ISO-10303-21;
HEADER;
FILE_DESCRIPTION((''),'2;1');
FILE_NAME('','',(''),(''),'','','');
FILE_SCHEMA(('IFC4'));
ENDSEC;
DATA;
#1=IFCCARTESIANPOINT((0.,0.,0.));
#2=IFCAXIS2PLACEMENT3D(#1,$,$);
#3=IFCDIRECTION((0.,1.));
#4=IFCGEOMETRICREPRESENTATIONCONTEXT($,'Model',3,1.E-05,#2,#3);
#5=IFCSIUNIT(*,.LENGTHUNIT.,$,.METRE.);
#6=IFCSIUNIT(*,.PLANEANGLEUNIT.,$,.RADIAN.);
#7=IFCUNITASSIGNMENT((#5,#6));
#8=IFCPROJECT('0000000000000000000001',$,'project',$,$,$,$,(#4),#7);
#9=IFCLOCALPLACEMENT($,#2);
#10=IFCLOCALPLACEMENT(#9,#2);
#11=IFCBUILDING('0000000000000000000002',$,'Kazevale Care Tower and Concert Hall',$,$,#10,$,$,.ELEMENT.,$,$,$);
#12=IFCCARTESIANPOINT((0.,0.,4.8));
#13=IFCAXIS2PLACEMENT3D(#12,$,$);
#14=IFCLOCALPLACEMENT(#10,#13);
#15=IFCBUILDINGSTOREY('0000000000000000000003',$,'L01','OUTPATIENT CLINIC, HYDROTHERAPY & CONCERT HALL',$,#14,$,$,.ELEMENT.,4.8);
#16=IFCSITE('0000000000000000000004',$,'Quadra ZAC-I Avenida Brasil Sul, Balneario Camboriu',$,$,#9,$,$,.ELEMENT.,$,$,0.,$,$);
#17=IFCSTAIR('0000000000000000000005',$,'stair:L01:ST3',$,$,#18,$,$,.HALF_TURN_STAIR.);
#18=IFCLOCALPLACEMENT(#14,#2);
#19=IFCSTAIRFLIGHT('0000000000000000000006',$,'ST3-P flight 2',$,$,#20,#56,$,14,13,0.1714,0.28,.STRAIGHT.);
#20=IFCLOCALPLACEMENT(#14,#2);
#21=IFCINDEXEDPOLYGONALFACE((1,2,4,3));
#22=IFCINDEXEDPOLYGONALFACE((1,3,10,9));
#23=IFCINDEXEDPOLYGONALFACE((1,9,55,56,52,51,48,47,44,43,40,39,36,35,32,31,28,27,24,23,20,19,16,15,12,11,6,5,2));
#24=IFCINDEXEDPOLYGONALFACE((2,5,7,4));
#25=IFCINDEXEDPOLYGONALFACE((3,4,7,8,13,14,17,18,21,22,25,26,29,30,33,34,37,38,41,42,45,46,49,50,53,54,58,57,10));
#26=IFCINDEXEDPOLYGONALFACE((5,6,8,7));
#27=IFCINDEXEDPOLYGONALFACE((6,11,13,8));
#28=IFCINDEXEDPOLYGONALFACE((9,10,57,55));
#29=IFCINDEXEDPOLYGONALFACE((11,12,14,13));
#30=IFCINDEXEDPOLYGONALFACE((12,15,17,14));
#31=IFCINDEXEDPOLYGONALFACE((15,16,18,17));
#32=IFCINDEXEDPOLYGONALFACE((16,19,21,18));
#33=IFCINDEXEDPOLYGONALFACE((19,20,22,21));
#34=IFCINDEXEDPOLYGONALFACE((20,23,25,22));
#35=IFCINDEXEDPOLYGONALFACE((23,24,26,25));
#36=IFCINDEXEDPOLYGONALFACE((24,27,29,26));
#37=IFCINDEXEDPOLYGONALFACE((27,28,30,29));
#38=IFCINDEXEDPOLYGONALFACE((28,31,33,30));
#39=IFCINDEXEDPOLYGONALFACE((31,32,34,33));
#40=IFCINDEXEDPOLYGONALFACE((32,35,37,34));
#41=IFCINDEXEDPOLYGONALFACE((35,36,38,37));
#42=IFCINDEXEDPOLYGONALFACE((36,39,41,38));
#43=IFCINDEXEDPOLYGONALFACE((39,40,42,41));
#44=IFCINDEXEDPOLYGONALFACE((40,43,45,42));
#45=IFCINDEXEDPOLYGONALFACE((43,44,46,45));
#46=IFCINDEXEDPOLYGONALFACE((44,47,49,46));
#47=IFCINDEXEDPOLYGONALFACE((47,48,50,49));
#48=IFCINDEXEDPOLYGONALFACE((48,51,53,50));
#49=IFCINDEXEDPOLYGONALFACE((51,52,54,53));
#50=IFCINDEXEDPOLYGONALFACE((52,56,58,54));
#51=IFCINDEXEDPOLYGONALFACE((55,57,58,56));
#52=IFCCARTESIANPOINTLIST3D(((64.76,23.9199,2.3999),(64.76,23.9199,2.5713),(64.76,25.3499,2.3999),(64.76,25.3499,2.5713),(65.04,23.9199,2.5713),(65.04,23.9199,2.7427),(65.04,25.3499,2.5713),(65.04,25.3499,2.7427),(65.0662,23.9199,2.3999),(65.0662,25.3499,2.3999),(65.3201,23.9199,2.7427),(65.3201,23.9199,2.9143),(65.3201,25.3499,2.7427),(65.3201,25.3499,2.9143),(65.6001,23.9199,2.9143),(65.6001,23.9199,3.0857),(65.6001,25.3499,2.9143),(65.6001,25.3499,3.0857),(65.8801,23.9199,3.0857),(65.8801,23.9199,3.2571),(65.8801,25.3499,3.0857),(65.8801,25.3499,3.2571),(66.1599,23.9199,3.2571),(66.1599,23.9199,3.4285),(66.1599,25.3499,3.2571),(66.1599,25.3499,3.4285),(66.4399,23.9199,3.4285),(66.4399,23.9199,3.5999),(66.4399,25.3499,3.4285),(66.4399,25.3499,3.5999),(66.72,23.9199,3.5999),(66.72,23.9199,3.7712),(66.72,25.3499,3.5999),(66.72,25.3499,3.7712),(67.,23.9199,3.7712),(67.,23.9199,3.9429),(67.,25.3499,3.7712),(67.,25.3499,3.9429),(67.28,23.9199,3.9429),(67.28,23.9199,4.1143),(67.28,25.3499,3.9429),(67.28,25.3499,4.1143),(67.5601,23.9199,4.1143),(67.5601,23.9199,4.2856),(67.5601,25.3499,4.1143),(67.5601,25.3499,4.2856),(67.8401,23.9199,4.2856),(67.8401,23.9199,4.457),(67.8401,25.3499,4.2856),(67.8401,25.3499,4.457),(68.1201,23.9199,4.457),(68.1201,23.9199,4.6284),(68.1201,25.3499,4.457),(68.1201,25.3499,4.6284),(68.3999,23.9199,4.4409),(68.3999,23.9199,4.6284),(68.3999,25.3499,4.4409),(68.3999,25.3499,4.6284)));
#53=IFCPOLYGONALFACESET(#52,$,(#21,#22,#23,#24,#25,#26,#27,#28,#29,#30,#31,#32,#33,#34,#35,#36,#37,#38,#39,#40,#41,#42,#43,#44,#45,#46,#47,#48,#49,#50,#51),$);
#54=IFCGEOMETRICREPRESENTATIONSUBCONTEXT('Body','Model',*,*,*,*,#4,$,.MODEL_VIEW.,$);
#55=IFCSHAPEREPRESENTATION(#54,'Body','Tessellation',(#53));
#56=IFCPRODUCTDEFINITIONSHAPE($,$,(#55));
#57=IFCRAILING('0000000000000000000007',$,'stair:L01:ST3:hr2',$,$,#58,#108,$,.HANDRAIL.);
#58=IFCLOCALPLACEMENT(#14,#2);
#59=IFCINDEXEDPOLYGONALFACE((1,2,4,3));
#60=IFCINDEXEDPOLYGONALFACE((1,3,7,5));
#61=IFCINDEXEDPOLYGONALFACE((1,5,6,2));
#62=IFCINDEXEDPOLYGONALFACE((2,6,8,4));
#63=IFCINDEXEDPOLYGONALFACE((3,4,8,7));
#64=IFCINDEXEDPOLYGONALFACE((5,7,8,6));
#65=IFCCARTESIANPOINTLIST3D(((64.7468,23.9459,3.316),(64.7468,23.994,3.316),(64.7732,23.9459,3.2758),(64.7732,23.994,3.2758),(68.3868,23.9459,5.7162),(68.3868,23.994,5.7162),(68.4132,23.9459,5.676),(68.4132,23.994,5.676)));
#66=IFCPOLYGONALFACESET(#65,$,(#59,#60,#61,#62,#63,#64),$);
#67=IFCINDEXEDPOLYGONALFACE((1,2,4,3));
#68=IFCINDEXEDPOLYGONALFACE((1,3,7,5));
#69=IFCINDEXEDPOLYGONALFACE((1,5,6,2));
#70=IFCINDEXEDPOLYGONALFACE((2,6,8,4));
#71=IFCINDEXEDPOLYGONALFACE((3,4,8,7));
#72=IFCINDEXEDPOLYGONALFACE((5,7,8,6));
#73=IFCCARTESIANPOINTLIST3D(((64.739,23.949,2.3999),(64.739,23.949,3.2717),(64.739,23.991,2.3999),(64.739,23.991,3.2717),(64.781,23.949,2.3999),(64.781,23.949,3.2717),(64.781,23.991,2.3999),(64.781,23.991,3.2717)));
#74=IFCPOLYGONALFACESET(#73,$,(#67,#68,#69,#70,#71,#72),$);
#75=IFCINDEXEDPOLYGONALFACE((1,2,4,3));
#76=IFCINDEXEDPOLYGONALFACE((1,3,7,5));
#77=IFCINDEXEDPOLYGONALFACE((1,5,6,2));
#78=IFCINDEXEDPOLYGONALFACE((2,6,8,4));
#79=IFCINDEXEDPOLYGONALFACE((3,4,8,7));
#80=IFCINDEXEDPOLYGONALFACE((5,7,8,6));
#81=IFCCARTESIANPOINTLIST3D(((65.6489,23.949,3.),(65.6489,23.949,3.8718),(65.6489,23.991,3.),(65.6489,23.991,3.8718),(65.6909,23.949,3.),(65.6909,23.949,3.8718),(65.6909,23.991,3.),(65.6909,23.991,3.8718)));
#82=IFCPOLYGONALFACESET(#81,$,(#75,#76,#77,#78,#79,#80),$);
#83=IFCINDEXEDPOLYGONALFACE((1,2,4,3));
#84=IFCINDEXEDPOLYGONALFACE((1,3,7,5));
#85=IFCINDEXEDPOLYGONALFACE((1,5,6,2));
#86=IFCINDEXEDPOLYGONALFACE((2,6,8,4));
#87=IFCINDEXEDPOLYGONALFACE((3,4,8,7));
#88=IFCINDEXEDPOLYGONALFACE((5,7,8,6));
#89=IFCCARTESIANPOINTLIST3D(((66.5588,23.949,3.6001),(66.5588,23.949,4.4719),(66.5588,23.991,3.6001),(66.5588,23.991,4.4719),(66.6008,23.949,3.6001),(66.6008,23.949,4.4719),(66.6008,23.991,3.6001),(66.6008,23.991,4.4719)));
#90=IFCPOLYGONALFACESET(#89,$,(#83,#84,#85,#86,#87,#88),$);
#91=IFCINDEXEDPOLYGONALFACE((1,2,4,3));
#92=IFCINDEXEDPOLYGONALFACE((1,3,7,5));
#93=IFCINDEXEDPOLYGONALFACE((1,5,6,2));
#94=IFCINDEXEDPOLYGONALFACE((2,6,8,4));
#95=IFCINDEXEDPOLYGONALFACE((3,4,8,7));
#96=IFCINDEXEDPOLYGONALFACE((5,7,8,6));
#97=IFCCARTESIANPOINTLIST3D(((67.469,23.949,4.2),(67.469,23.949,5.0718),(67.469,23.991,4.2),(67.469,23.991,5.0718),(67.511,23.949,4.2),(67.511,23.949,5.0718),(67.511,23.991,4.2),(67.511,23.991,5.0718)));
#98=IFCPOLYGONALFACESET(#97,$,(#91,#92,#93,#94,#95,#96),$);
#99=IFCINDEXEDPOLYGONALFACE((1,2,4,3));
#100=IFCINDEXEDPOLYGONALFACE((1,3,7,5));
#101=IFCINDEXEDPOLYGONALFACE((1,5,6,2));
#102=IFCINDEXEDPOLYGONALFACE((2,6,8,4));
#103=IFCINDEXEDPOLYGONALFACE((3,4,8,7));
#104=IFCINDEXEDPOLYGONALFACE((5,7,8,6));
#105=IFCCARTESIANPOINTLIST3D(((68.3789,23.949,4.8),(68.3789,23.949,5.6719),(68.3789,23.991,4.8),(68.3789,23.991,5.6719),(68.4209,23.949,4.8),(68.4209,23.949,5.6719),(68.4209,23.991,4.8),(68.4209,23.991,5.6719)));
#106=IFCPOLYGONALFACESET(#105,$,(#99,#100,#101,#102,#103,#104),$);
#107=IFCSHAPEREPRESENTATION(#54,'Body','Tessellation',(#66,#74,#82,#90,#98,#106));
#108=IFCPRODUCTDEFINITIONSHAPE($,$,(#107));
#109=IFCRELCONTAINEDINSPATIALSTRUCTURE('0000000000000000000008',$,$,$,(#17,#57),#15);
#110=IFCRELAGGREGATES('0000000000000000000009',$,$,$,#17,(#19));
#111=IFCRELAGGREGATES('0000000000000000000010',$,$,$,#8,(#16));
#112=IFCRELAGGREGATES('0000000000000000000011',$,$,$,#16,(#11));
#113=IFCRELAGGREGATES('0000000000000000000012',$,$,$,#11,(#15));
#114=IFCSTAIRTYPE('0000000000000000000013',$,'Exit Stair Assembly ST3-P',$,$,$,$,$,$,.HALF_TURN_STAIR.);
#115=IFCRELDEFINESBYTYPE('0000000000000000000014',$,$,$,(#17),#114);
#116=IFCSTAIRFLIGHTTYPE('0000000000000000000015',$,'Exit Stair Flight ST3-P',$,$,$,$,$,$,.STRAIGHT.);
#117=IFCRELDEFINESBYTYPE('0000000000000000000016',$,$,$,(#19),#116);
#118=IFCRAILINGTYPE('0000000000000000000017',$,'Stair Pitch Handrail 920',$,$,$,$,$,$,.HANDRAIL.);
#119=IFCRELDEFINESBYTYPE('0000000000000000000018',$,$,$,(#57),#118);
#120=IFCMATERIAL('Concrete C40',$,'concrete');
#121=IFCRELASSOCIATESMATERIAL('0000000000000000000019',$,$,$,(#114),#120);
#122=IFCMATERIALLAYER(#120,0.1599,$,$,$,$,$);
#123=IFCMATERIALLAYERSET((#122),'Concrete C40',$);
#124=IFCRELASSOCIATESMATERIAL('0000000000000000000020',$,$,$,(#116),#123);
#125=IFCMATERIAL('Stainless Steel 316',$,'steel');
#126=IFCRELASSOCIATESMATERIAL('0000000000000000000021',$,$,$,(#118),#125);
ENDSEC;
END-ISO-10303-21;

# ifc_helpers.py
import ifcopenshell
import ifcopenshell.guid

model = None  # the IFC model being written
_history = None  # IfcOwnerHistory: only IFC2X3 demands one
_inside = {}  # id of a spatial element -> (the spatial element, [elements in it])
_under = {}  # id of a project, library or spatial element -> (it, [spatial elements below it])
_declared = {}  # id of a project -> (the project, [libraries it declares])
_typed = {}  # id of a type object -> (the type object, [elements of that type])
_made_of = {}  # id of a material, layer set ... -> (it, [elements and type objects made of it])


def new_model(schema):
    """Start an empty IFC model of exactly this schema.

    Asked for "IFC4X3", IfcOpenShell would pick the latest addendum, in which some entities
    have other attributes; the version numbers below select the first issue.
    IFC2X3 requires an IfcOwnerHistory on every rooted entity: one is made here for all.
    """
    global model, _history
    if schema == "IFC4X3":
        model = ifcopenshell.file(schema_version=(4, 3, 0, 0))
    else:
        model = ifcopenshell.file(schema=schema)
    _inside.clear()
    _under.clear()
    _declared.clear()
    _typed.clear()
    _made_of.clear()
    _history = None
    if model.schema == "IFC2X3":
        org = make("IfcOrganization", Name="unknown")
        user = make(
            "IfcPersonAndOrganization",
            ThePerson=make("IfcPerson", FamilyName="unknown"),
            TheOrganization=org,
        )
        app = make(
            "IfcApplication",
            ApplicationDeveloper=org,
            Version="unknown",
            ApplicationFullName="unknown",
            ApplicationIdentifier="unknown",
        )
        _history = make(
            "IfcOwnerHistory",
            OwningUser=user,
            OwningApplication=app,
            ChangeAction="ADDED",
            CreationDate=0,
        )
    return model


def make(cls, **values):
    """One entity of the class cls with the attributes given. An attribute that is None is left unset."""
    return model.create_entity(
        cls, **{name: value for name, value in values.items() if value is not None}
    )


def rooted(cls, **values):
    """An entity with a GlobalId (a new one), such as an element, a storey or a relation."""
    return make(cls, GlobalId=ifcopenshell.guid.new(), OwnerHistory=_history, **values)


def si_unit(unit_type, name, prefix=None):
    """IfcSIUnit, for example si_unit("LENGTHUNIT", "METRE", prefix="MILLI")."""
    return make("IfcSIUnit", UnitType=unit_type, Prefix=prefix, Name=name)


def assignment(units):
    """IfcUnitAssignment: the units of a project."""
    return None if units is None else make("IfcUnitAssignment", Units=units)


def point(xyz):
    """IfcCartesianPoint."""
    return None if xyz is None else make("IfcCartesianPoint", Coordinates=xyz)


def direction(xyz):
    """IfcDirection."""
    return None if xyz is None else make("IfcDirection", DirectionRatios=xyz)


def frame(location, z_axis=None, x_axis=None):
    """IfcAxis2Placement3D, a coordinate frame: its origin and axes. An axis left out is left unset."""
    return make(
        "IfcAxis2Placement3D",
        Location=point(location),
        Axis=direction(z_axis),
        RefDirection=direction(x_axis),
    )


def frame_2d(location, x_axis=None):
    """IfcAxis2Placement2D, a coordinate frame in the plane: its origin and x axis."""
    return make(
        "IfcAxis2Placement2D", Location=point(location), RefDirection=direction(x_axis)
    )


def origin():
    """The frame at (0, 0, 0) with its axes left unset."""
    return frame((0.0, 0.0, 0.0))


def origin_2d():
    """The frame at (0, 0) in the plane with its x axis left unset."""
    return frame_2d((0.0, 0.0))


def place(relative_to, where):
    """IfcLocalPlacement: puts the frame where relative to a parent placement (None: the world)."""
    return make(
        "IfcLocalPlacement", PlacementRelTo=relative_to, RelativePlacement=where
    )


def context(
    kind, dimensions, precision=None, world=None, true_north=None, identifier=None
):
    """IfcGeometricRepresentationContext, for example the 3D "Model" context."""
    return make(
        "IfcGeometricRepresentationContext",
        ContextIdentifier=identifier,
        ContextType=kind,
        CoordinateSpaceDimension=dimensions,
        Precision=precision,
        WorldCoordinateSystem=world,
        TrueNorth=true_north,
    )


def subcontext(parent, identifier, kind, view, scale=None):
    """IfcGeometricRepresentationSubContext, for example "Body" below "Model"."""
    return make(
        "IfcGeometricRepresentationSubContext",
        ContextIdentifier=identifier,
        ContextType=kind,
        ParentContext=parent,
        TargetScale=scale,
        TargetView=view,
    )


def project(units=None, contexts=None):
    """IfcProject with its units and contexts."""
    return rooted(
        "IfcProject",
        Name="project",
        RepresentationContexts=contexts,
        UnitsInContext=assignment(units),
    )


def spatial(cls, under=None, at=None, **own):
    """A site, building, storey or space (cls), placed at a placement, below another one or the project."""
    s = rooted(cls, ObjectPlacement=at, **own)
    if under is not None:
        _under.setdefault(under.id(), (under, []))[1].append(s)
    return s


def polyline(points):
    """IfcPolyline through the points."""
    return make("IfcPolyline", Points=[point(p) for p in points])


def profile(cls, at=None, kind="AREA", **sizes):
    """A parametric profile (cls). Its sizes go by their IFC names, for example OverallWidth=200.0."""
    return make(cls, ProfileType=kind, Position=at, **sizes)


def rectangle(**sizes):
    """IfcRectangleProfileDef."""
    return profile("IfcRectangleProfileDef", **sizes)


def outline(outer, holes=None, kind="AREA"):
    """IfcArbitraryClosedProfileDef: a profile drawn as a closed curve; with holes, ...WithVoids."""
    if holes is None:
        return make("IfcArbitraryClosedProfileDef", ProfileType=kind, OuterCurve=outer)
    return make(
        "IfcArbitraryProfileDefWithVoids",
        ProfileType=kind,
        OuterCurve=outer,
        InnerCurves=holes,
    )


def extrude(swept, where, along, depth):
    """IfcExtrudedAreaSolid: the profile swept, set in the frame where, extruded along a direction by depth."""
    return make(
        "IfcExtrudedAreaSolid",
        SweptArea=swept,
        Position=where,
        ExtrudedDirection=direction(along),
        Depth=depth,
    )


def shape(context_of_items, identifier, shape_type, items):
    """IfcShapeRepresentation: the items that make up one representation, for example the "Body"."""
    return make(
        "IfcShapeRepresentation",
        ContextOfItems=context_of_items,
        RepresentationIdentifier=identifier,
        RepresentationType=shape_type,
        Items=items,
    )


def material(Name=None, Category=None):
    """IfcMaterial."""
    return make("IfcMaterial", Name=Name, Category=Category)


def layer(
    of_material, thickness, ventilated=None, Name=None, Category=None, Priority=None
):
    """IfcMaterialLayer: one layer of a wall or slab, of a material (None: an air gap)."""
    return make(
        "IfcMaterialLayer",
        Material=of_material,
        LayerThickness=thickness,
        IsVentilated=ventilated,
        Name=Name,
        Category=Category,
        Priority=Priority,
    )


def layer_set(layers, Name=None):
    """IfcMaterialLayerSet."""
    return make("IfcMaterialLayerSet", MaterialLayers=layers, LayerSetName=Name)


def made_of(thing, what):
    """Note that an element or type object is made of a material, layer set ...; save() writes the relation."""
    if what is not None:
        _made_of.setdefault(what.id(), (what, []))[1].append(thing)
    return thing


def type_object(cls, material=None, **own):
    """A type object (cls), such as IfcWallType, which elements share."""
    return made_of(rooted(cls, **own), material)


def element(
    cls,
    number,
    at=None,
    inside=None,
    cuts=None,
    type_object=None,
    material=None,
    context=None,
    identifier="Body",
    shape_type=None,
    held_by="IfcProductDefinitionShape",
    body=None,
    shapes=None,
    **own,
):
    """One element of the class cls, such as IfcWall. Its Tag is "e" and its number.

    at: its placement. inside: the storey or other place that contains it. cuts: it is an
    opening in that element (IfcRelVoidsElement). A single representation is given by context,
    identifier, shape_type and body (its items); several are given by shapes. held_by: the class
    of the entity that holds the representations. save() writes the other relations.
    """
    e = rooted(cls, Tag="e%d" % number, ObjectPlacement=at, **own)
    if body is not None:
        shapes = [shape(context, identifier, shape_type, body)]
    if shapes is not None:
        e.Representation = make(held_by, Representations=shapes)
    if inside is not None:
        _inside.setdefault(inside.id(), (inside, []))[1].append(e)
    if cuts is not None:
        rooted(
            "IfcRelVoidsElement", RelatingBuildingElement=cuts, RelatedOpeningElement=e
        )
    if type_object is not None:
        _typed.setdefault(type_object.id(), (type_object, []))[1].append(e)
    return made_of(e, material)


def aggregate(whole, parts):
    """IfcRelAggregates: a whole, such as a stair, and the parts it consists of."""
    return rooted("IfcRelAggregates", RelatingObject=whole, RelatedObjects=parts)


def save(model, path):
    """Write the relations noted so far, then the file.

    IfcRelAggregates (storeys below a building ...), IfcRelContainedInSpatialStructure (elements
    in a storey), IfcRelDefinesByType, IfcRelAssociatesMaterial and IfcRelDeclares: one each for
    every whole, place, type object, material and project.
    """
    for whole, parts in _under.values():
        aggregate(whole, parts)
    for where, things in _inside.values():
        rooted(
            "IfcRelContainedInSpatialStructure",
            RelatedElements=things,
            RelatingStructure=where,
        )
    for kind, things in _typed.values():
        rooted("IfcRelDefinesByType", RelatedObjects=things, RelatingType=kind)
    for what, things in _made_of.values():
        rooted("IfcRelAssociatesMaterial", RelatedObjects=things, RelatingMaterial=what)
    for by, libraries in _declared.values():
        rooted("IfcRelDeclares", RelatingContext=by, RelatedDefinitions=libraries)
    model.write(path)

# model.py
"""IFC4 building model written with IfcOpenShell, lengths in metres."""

from ifc_helpers import new_model, si_unit, direction, frame, origin, origin_2d, place, context, subcontext, project, spatial, polyline, rectangle, outline, extrude, material, layer, layer_set, type_object, element, aggregate, save


model = new_model("IFC4")

# Units and contexts
model_context = context("Model", 3, precision=1e-05, world=origin(), true_north=direction((0.0, 1.0)))
body_context = subcontext(model_context, "Body", "Model", "MODEL_VIEW")
ifc_project = project(units=[si_unit("LENGTHUNIT", "METRE"), si_unit("PLANEANGLEUNIT", "RADIAN")], contexts=[model_context])

# Site, building, storey
site_placement = place(None, origin())
site = spatial("IfcSite", under=ifc_project, at=site_placement, Name="Quadra ZAC-I Avenida Brasil Sul, Balneario Camboriu", CompositionType="ELEMENT", RefElevation=0.0)
building_placement = place(site_placement, origin())
building = spatial("IfcBuilding", under=site, at=building_placement, Name="Kazevale Care Tower and Concert Hall", CompositionType="ELEMENT")
storey_placement = place(building_placement, frame((0.0, 0.0, 4.8)))
storey = spatial("IfcBuildingStorey", under=building, at=storey_placement, Name="L01", Description="OUTPATIENT CLINIC, HYDROTHERAPY & CONCERT HALL", CompositionType="ELEMENT", Elevation=4.8)

# Shared definitions
ifc_material_1 = material(Name="Concrete C40", Category="concrete")

# Stair, stair flight
stair_type = type_object("IfcStairType", Name="Exit Stair Assembly ST3-P", PredefinedType="HALF_TURN_STAIR", material=ifc_material_1)
stair_placement = place(storey_placement, origin())
stair = element("IfcStair", 1, at=stair_placement, inside=storey, type_object=stair_type, Name="stair:L01:ST3", PredefinedType="HALF_TURN_STAIR")
ifc_layer_1 = layer(ifc_material_1, 0.1599)
ifc_layer_set_1 = layer_set([ifc_layer_1], Name="Concrete C40")
stair_flight_type = type_object("IfcStairFlightType", Name="Exit Stair Flight ST3-P", PredefinedType="STRAIGHT", material=ifc_layer_set_1)
stair_flight_placement = place(storey_placement, frame((64.76, 24.635, 2.3999), z_axis=(0.0, 0.0, 1.0), x_axis=(1.0, 0.0, 0.0)))
stair_flight = element("IfcStairFlight", 2, at=stair_flight_placement, type_object=stair_flight_type, Name="ST3-P flight 2", NumberOfRisers=14, NumberOfTreads=13, PredefinedType="STRAIGHT", RiserHeight=0.1714, TreadLength=0.28, context=body_context, shape_type="SweptSolid", body=[
    extrude(outline(polyline([(0.0, 0.0), (0.0, 0.1714), (0.28, 0.1714), (0.28, 0.3428), (0.5601, 0.3428), (0.5601, 0.5144), (0.8401, 0.5144), (0.8401, 0.6858), (1.1201, 0.6858), (1.1201, 0.8572), (1.3999, 0.8572), (1.3999, 1.0286), (1.6799, 1.0286), (1.6799, 1.2), (1.96, 1.2), (1.96, 1.3713), (2.24, 1.3713), (2.24, 1.543), (2.52, 1.543), (2.52, 1.7144), (2.8, 1.7144), (2.8, 1.8857), (3.0801, 1.8857), (3.0801, 2.0571), (3.3601, 2.0571), (3.3601, 2.2285), (3.6399, 2.2285), (3.6399, 2.3999), (3.6399, 2.041), (0.3062, 0.0), (0.0, 0.0)])), frame((0.0, 0.7148, 0.0), z_axis=(0.0, -1.0, 0.0), x_axis=(1.0, 0.0, 0.0)), (0.0, 0.0, 1.0), 1.4299),
])
aggregate(stair, [stair_flight])

# Railing
ifc_material_2 = material(Name="Stainless Steel 316", Category="steel")
railing_type = type_object("IfcRailingType", Name="Stair Pitch Handrail 920", PredefinedType="HANDRAIL", material=ifc_material_2)
railing_placement = place(storey_placement, frame((64.76, 23.97, 2.3999)))
element("IfcRailing", 3, at=railing_placement, inside=storey, type_object=railing_type, Name="stair:L01:ST3:hr2", PredefinedType="HANDRAIL", context=body_context, shape_type="SweptSolid", body=[
    extrude(rectangle(XDim=0.0481, YDim=0.0481, at=origin_2d()), frame((0.0, 0.0, 0.896), z_axis=(0.834839, 0.0, 0.550493), x_axis=(0.0, 1.0, 0.0)), (0.0, 0.0, 1.0), 4.3601),
    extrude(rectangle(XDim=0.042, YDim=0.042, at=origin_2d()), origin(), (0.0, 0.0, 1.0), 0.8718),
    extrude(rectangle(XDim=0.042, YDim=0.042, at=origin_2d()), frame((0.9099, 0.0, 0.6001)), (0.0, 0.0, 1.0), 0.8718),
    extrude(rectangle(XDim=0.042, YDim=0.042, at=origin_2d()), frame((1.8198, 0.0, 1.2002)), (0.0, 0.0, 1.0), 0.8718),
    extrude(rectangle(XDim=0.042, YDim=0.042, at=origin_2d()), frame((2.73, 0.0, 1.8)), (0.0, 0.0, 1.0), 0.8718),
    extrude(rectangle(XDim=0.042, YDim=0.042, at=origin_2d()), frame((3.6399, 0.0, 2.4001)), (0.0, 0.0, 1.0), 0.8718),
])

save(model, "model.ifc")
